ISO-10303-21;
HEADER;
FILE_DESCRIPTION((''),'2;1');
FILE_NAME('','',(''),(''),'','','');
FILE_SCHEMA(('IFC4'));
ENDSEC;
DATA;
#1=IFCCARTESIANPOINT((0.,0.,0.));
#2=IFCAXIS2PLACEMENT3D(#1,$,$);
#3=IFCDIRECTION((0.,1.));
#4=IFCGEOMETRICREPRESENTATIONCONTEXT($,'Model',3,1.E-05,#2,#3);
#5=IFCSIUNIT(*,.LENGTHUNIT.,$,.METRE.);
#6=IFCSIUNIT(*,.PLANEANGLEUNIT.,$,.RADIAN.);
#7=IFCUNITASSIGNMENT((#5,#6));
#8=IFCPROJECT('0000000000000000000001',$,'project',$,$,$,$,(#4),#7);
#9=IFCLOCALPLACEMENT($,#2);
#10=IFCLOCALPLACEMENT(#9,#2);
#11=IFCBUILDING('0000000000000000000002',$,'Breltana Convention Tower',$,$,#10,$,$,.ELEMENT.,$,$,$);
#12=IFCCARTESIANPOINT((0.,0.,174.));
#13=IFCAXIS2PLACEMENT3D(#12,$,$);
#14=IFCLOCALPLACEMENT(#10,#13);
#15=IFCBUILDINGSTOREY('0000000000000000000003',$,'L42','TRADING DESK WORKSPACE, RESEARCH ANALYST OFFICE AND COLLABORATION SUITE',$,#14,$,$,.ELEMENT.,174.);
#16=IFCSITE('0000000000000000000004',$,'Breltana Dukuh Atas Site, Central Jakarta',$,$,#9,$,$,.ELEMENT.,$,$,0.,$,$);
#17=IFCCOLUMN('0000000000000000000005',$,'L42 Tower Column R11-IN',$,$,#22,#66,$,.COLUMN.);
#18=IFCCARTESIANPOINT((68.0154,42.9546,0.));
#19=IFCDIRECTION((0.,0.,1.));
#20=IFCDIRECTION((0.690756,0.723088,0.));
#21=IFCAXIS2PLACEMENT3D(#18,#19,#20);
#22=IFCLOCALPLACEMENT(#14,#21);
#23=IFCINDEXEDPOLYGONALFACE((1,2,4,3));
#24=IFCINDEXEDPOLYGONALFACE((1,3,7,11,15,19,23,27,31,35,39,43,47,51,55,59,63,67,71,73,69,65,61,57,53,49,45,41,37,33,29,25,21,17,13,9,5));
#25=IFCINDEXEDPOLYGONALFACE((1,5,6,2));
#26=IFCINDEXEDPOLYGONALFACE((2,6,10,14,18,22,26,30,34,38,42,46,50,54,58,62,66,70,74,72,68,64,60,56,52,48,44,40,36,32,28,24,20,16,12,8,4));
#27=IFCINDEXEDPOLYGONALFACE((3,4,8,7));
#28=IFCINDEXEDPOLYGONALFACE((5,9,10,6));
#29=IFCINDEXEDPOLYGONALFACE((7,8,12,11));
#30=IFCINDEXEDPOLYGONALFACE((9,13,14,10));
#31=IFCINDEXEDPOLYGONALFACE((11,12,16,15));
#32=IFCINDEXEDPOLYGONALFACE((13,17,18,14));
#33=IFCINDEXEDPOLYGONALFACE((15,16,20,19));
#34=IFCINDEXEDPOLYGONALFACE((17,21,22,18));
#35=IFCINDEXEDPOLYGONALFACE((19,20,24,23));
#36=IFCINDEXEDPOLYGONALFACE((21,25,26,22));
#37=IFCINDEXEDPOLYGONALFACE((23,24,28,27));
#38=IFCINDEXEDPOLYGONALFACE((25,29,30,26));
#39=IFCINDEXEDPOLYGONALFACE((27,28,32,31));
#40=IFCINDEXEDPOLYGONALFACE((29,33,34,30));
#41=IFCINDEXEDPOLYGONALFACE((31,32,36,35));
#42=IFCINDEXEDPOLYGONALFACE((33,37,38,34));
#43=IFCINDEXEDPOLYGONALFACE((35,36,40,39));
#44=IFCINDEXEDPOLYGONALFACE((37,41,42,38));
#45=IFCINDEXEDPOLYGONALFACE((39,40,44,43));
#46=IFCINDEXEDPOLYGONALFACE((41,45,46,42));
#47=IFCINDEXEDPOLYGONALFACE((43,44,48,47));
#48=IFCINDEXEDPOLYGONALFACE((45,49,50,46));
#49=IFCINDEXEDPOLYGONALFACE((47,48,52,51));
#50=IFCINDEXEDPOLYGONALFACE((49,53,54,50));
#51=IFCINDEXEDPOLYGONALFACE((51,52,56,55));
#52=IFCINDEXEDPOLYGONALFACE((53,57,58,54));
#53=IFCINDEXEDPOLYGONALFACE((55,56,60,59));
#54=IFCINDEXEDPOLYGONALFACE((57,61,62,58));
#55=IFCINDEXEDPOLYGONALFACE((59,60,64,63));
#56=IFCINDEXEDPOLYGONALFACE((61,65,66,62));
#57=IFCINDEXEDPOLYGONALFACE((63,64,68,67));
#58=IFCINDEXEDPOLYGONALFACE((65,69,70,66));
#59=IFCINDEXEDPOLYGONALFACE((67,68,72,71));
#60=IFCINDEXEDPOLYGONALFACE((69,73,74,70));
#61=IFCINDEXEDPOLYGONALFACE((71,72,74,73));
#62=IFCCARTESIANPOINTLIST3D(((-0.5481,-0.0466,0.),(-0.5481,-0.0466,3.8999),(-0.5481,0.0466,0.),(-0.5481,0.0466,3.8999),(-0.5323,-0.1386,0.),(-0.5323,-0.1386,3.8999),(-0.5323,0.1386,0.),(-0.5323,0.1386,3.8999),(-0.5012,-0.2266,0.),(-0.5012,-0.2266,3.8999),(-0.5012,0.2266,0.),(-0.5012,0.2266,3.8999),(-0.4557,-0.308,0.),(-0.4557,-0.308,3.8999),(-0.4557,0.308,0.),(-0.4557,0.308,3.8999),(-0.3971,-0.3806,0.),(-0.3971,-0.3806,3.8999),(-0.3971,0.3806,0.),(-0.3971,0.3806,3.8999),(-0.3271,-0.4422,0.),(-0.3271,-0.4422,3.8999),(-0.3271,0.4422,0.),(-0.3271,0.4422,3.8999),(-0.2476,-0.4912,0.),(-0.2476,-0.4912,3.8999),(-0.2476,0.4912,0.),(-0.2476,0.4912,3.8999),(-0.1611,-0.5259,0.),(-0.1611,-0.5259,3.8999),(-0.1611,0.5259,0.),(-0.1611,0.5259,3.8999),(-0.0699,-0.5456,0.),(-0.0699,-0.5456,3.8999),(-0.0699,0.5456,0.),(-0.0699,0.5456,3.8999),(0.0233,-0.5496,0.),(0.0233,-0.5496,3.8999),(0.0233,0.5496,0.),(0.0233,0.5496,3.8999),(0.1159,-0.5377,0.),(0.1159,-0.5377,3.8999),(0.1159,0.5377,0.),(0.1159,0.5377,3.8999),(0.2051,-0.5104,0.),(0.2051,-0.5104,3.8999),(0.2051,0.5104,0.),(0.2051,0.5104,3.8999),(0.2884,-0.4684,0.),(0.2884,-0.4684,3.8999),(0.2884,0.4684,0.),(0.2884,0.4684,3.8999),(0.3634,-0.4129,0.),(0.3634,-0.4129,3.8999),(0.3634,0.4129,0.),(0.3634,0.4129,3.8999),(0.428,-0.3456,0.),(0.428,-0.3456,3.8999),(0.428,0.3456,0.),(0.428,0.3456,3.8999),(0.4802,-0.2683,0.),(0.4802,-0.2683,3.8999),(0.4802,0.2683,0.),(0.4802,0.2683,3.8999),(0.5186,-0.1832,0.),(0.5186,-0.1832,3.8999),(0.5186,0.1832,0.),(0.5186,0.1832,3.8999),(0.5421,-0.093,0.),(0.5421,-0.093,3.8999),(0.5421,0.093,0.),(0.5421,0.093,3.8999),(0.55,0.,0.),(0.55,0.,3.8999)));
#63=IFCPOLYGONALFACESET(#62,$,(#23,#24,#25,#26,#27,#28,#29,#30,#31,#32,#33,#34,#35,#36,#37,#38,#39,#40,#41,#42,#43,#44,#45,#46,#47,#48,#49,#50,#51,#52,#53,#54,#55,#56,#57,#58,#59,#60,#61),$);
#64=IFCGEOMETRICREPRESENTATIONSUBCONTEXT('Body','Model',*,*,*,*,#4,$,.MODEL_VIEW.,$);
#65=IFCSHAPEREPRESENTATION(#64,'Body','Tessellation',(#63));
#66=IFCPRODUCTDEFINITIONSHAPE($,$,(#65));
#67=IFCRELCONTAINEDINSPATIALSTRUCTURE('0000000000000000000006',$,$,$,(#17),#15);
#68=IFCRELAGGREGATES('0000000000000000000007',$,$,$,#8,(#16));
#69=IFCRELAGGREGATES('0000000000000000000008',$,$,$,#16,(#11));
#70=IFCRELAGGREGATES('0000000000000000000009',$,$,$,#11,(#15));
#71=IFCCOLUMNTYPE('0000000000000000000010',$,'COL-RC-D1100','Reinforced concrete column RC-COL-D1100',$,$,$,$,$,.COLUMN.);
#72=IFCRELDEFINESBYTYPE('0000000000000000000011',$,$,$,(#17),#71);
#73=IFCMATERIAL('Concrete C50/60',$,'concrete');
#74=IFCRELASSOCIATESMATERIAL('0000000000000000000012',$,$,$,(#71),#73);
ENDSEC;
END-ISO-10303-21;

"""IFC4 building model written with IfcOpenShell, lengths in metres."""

from ifc_helpers import new_model, si_unit, direction, frame, origin, origin_2d, place, context, subcontext, project, spatial, circle, extrude, source, transform, mapped, material, material_profile, profile_set, type_object, element, save


model = new_model("IFC4")

# Units and contexts
model_context = context("Model", 3, precision=1e-05, world=origin(), true_north=direction((0.0, 1.0)))
body_context = subcontext(model_context, "Body", "Model", "MODEL_VIEW")
ifc_project = project(units=[si_unit("LENGTHUNIT", "METRE"), si_unit("PLANEANGLEUNIT", "RADIAN")], contexts=[model_context])

# Site, building, storey
site_placement = place(None, origin())
site = spatial("IfcSite", under=ifc_project, at=site_placement, Name="Breltana Dukuh Atas Site, Central Jakarta", CompositionType="ELEMENT", RefElevation=0.0)
building_placement = place(site_placement, origin())
building = spatial("IfcBuilding", under=site, at=building_placement, Name="Breltana Convention Tower", CompositionType="ELEMENT")
storey_placement = place(building_placement, frame((0.0, 0.0, 174.0)))
storey = spatial("IfcBuildingStorey", under=building, at=storey_placement, Name="L42", Description="TRADING DESK WORKSPACE, RESEARCH ANALYST OFFICE AND COLLABORATION SUITE", CompositionType="ELEMENT", Elevation=174.0)

# Column
ifc_material_1 = material(Name="Concrete C50/60", Category="concrete")
ifc_material_profile_1 = material_profile(ifc_material_1, circle(Radius=0.55, at=origin_2d()), Name="RC-COL-D1100")
ifc_profile_set_1 = profile_set([ifc_material_profile_1], Name="Concrete C50/60")
column_type = type_object("IfcColumnType", Name="COL-RC-D1100", Description="Reinforced concrete column RC-COL-D1100", PredefinedType="COLUMN", material=ifc_profile_set_1)
shared_shape_1 = source(origin(), body_context, "Body", "SweptSolid", [
    extrude(circle(Radius=0.55, at=origin_2d()), origin(), (0.0, 0.0, 1.0), 3.8999),
])
column_placement = place(storey_placement, frame((68.0154, 42.9546, 0.0), z_axis=(0.0, 0.0, 1.0), x_axis=(0.690756, 0.723088, 0.0)))
element("IfcColumn", 1, at=column_placement, inside=storey, type_object=column_type, Name="L42 Tower Column R11-IN", PredefinedType="COLUMN", context=body_context, shape_type="MappedRepresentation", body=[
    mapped(shared_shape_1, transform((0.0, 0.0, 0.0), scale=1.0)),
])

save(model, "model.ifc")
